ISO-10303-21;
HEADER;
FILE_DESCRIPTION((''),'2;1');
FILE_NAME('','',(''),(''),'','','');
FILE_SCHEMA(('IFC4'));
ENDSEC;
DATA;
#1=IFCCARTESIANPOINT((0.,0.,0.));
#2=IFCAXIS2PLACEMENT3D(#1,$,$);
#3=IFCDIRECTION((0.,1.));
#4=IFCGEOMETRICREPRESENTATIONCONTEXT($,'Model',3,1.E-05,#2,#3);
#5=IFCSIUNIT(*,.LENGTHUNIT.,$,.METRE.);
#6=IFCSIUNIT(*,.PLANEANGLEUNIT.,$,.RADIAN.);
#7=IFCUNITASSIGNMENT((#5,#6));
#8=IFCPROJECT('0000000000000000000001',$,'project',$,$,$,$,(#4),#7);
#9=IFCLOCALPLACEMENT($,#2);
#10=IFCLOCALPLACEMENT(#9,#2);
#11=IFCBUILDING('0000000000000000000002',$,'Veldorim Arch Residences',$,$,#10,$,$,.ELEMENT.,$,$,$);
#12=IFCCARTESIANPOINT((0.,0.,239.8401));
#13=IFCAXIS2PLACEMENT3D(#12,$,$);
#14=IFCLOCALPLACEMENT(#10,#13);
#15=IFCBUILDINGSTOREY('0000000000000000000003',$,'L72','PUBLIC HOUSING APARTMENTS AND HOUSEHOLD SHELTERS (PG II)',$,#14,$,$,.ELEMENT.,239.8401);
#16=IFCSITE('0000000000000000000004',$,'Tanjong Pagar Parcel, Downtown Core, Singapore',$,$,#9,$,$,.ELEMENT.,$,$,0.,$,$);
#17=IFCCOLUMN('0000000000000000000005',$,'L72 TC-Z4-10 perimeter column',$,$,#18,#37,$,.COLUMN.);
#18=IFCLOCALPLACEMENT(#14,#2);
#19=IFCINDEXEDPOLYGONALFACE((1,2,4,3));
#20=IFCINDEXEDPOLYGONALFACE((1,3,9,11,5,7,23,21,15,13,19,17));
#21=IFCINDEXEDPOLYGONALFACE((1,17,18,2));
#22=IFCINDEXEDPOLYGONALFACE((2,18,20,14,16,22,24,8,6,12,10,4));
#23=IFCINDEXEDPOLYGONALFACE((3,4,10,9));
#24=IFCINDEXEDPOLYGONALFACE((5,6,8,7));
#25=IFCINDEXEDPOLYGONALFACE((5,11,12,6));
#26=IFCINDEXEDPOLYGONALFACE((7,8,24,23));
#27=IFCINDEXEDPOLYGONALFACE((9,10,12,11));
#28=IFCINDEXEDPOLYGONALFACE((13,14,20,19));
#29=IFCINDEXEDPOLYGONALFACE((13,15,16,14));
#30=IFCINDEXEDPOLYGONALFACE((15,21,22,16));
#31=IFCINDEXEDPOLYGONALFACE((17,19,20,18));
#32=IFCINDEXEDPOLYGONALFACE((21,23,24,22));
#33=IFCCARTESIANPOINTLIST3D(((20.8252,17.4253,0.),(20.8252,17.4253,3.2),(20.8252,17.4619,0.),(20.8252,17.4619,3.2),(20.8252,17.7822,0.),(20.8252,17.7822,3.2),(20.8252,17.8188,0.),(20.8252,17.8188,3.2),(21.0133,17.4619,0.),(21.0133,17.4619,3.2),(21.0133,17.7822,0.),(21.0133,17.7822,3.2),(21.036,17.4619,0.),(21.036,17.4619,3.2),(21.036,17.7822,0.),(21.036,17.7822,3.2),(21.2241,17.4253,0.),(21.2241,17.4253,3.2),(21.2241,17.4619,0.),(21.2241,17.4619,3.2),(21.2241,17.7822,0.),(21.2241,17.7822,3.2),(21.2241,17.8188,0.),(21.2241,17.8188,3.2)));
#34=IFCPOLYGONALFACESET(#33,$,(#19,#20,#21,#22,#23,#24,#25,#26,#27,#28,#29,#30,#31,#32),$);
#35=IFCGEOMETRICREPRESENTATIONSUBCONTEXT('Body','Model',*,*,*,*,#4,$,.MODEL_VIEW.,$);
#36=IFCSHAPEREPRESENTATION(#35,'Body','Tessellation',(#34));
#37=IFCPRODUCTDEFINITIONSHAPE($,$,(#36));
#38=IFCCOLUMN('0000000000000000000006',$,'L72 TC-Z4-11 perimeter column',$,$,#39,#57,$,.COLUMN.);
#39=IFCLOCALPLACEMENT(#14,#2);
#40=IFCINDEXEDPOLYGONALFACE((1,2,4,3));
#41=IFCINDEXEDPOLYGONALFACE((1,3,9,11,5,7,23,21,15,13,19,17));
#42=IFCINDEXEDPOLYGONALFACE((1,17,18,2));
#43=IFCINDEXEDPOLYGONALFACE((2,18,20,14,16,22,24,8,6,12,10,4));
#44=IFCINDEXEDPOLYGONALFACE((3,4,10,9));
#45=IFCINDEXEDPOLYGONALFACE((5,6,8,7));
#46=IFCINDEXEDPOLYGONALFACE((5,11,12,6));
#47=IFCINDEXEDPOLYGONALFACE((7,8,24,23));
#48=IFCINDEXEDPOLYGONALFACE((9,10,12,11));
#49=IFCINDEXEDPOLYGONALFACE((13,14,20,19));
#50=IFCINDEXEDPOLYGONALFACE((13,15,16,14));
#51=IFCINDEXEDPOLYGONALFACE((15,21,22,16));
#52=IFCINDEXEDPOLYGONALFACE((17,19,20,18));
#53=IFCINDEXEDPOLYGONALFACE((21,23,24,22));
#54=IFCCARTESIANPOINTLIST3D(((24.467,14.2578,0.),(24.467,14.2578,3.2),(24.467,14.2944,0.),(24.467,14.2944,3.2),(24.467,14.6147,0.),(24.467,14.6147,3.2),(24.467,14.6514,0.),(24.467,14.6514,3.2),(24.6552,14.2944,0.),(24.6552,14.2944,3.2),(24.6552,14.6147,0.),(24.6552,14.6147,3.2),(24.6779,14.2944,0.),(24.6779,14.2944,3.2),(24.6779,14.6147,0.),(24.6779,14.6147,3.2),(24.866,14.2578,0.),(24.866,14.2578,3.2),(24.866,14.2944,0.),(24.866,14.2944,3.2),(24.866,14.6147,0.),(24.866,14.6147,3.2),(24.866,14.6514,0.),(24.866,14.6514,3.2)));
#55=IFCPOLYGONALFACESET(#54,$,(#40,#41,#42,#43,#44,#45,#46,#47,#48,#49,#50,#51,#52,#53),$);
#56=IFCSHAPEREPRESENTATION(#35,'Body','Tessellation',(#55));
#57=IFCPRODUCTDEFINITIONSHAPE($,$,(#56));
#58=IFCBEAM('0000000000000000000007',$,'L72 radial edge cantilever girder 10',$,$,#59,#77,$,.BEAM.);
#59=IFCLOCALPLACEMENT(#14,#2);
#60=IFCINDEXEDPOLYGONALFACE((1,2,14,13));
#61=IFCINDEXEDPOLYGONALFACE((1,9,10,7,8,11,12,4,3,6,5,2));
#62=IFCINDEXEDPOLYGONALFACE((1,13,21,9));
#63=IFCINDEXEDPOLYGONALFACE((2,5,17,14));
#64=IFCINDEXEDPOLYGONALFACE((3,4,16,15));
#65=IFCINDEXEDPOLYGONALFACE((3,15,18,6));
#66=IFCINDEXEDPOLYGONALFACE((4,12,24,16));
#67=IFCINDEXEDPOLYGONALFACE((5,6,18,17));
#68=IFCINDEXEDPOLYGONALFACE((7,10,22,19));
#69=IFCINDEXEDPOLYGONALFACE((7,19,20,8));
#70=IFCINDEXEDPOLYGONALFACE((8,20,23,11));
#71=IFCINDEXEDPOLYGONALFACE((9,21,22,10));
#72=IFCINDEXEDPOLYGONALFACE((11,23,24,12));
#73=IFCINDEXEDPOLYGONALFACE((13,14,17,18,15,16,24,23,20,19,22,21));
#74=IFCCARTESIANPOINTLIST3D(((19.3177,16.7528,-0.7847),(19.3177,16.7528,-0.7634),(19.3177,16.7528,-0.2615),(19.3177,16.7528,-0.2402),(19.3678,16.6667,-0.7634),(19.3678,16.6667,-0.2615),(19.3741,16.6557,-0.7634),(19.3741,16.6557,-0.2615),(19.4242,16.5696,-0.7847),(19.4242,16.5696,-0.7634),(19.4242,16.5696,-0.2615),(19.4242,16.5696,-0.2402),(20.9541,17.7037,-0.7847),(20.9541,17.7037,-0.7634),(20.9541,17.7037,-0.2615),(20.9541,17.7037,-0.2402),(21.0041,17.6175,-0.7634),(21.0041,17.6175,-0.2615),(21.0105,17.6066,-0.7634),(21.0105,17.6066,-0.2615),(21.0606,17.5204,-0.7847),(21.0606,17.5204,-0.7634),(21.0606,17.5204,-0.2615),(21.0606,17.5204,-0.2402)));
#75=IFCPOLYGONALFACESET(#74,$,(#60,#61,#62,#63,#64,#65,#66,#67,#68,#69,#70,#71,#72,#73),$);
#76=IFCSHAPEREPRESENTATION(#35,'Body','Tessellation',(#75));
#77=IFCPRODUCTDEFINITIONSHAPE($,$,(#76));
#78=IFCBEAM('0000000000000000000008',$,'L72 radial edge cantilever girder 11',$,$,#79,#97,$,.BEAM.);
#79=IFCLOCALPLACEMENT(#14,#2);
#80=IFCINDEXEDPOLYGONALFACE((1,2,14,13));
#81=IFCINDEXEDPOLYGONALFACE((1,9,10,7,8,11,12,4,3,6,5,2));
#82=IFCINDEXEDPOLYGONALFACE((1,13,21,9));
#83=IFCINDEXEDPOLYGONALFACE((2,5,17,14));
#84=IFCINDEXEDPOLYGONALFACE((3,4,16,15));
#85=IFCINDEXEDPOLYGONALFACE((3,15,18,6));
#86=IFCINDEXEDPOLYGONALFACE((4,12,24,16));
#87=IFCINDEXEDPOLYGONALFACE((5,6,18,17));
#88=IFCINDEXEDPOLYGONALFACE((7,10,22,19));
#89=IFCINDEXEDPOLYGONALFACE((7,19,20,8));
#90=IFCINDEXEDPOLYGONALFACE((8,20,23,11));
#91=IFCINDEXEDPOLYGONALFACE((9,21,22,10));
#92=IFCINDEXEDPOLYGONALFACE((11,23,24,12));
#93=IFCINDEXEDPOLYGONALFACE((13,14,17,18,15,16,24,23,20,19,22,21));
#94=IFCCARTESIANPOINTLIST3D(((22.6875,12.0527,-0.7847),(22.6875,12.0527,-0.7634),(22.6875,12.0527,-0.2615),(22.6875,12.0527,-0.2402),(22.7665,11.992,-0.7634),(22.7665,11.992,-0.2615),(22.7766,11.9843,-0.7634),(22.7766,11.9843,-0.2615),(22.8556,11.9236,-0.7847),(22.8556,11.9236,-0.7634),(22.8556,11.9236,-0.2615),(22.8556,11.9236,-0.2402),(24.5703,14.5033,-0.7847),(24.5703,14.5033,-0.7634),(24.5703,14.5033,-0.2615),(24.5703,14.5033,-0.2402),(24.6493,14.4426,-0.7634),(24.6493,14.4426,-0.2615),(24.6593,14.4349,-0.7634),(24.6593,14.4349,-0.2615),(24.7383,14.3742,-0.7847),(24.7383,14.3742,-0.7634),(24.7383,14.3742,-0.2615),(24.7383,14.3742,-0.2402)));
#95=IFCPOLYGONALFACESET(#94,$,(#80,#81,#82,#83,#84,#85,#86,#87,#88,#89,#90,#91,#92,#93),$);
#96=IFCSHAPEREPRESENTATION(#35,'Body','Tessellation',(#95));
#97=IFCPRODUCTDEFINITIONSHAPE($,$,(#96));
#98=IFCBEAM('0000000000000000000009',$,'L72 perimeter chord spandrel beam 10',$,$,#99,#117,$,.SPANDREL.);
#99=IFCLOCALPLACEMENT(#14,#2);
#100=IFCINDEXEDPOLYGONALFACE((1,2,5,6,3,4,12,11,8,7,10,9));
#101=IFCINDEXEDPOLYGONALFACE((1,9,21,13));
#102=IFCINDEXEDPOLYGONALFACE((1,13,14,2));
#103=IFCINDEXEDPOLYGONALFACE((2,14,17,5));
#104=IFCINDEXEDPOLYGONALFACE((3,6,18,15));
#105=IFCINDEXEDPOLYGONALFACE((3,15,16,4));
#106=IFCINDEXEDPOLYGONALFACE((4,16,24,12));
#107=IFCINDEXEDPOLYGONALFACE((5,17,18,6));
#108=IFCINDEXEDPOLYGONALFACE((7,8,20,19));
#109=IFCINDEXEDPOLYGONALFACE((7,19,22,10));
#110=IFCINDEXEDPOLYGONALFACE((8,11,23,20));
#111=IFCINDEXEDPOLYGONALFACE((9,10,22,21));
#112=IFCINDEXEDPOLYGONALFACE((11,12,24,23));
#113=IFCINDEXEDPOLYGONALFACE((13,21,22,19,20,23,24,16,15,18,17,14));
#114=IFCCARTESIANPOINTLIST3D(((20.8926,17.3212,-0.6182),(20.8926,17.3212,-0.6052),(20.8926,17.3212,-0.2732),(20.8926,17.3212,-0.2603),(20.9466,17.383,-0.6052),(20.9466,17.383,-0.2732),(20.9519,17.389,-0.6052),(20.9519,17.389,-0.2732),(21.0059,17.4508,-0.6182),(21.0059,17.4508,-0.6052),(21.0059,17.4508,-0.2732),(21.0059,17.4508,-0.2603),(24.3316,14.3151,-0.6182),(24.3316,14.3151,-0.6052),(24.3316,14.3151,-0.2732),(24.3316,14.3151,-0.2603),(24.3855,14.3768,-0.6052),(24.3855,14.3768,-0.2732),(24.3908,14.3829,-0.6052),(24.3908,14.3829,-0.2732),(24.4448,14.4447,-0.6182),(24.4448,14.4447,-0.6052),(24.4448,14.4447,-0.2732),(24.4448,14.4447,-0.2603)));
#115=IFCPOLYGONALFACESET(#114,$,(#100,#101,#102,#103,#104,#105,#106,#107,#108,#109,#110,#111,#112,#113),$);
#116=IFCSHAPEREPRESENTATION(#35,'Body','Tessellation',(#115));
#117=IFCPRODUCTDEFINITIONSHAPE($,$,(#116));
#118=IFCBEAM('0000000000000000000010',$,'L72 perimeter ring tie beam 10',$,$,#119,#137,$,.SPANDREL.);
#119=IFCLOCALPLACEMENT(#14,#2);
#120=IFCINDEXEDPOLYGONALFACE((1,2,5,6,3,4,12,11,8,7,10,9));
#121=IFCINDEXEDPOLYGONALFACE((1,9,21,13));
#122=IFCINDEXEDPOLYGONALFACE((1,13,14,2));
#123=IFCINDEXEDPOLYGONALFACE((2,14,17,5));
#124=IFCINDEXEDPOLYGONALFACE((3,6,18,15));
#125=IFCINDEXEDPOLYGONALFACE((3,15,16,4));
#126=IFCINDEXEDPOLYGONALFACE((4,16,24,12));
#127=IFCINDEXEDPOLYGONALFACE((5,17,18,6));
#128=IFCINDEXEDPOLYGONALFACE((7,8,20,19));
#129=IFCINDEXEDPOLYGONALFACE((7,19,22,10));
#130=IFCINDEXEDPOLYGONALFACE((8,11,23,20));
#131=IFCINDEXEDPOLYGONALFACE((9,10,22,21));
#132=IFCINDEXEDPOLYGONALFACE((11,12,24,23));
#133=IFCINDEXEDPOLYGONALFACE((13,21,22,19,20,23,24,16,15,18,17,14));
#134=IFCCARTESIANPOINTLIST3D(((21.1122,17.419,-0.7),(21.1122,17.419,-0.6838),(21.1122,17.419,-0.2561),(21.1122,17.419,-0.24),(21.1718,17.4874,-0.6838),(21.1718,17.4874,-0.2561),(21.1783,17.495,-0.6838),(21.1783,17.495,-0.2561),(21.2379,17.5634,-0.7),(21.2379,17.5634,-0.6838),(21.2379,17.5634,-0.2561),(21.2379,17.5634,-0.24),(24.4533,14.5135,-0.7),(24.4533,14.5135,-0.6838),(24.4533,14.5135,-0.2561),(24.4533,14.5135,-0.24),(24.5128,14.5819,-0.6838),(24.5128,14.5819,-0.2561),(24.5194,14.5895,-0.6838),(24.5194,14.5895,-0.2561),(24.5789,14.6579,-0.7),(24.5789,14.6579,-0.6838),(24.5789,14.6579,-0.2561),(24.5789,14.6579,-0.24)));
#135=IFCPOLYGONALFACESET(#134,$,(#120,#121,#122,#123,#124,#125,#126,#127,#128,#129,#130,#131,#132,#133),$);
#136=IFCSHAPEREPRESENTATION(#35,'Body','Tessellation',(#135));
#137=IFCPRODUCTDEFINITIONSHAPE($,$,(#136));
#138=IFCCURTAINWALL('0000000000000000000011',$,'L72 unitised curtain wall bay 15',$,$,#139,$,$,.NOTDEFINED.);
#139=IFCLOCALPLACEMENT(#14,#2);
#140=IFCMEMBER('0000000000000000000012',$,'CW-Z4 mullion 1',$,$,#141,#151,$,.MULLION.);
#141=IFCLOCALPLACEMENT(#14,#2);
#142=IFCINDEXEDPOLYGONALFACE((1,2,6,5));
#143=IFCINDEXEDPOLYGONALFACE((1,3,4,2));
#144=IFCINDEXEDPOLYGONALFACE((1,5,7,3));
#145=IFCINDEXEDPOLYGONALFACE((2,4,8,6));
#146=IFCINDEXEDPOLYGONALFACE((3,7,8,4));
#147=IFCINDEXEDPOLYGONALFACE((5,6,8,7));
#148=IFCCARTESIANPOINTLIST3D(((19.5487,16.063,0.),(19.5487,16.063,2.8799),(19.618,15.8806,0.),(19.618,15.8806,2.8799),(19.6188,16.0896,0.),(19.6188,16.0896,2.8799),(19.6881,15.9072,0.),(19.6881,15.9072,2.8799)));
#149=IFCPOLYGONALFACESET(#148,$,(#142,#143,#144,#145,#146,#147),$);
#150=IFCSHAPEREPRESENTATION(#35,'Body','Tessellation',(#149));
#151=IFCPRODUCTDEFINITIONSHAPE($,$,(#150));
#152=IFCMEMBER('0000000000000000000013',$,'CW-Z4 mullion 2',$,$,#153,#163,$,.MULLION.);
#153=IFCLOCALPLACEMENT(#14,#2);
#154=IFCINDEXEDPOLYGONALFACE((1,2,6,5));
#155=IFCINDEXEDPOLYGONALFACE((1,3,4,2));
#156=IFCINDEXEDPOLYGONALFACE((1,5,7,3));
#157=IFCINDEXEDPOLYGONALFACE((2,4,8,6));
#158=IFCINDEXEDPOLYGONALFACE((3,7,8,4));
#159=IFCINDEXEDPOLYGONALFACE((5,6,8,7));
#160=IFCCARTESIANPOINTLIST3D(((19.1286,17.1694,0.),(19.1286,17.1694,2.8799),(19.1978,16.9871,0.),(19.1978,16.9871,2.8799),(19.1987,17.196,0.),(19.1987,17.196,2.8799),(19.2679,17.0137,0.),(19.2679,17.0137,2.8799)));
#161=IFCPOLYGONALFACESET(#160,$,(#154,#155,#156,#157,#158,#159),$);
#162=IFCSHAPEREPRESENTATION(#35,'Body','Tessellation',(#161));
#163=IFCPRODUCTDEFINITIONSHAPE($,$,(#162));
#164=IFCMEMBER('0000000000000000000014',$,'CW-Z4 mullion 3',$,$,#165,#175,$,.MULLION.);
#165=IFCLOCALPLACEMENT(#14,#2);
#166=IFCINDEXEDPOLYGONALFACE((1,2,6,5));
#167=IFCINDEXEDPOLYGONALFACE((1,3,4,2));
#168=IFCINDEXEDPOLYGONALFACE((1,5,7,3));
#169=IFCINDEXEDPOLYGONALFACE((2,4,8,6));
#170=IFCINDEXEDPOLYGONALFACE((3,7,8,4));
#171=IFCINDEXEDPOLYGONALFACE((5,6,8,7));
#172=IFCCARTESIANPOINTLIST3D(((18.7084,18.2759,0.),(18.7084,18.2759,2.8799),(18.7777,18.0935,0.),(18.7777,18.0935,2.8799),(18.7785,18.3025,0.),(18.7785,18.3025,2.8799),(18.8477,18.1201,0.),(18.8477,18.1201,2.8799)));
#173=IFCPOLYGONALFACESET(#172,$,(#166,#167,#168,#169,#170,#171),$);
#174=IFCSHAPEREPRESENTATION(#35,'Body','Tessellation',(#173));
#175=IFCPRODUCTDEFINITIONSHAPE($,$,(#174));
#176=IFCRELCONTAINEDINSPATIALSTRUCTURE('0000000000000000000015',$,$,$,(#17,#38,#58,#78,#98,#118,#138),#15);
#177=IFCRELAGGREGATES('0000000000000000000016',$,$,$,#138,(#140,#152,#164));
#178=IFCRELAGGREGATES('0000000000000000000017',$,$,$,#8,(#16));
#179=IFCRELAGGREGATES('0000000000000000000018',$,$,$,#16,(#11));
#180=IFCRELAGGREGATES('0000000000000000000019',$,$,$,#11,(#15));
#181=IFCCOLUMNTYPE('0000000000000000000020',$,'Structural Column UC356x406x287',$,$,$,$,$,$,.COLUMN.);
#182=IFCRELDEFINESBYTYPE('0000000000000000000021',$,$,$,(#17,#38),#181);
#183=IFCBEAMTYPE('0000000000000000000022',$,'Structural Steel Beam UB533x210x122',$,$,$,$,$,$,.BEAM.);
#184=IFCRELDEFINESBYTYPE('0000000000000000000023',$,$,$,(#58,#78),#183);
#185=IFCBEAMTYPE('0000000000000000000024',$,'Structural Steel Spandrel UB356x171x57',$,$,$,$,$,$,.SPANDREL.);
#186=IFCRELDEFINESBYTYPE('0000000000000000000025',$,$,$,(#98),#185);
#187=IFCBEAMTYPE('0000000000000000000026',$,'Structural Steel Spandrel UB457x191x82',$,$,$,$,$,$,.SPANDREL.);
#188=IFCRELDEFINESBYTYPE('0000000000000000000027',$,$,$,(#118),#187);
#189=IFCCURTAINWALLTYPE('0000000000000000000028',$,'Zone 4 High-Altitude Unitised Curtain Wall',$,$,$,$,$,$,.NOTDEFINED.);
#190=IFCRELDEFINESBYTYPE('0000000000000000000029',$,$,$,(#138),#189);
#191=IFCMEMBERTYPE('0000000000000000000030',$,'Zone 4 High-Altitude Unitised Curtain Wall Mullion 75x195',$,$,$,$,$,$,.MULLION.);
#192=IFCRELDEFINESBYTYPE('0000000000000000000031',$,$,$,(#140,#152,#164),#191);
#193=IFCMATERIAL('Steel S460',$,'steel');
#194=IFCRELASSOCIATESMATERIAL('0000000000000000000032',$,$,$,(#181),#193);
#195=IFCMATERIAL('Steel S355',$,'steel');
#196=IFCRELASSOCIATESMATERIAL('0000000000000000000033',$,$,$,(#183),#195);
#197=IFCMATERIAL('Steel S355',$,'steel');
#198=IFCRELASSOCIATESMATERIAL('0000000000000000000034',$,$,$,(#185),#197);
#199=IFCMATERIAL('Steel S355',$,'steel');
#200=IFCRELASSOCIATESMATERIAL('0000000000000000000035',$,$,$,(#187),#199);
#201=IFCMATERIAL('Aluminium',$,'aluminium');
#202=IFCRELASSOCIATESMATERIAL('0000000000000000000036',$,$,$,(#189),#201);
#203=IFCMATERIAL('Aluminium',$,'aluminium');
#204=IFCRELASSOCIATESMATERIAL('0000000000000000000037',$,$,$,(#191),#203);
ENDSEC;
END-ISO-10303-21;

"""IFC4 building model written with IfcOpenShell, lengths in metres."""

from ifc_helpers import new_model, si_unit, direction, frame, origin, origin_2d, place, context, subcontext, project, spatial, rectangle, i_section, extrude, material, material_profile, profile_set, type_object, element, aggregate, save


model = new_model("IFC4")

# Units and contexts
model_context = context("Model", 3, precision=1e-05, world=origin(), true_north=direction((0.0, 1.0)))
body_context = subcontext(model_context, "Body", "Model", "MODEL_VIEW")
ifc_project = project(units=[si_unit("LENGTHUNIT", "METRE"), si_unit("PLANEANGLEUNIT", "RADIAN")], contexts=[model_context])

# Site, building, storey
site_placement = place(None, origin())
site = spatial("IfcSite", under=ifc_project, at=site_placement, Name="Tanjong Pagar Parcel, Downtown Core, Singapore", CompositionType="ELEMENT", RefElevation=0.0)
building_placement = place(site_placement, origin())
building = spatial("IfcBuilding", under=site, at=building_placement, Name="Veldorim Arch Residences", CompositionType="ELEMENT")
storey_placement = place(building_placement, frame((0.0, 0.0, 239.8401)))
storey = spatial("IfcBuildingStorey", under=building, at=storey_placement, Name="L72", Description="PUBLIC HOUSING APARTMENTS AND HOUSEHOLD SHELTERS (PG II)", CompositionType="ELEMENT", Elevation=239.8401)

# Columns
ifc_material_1 = material(Name="Steel S460", Category="steel")
ifc_material_profile_1 = material_profile(ifc_material_1, i_section(OverallWidth=0.3989, OverallDepth=0.3936, WebThickness=0.0227, FlangeThickness=0.0366, at=origin_2d()), Name="UC356x406x287")
ifc_profile_set_1 = profile_set([ifc_material_profile_1], Name="Steel S460")
column_type = type_object("IfcColumnType", Name="Structural Column UC356x406x287", PredefinedType="COLUMN", material=ifc_profile_set_1)
for number, where, z_axis, x_axis, name in (
    (1, (21.0247, 17.6221, 0.0), (0.0, 0.0, 1.0), (1.0, 0.0, 0.0), "L72 TC-Z4-10 perimeter column"),
    (2, (24.6665, 14.4546, 0.0), (0.0, 0.0, 1.0), (1.0, 0.0, 0.0), "L72 TC-Z4-11 perimeter column"),
):
    element("IfcColumn", number, at=place(storey_placement, frame(where, z_axis=z_axis, x_axis=x_axis)), inside=storey, type_object=column_type, Name=name, PredefinedType="COLUMN", context=body_context, shape_type="SweptSolid", body=[
        extrude(i_section(OverallWidth=0.3989, OverallDepth=0.3936, WebThickness=0.0227, FlangeThickness=0.0366, at=origin_2d()), origin(), (0.0, 0.0, 1.0), 3.2),
    ])

# Beams
ifc_material_2 = material(Name="Steel S355", Category="steel")
ifc_material_profile_2 = material_profile(ifc_material_2, i_section(OverallWidth=0.2119, OverallDepth=0.5444, WebThickness=0.0127, FlangeThickness=0.0212, at=origin_2d()), Name="UB533x210x122")
ifc_profile_set_2 = profile_set([ifc_material_profile_2], Name="Steel S355")
beam_type_1 = type_object("IfcBeamType", Name="Structural Steel Beam UB533x210x122", PredefinedType="BEAM", material=ifc_profile_set_2)
beam_1_placement = place(storey_placement, frame((21.0073, 17.6121, -0.5125), z_axis=(-0.864624, -0.502419, 0.0), x_axis=(0.502419, -0.864624, 0.0)))
element("IfcBeam", 3, at=beam_1_placement, inside=storey, type_object=beam_type_1, Name="L72 radial edge cantilever girder 10", PredefinedType="BEAM", context=body_context, shape_type="SweptSolid", body=[
    extrude(i_section(OverallWidth=0.2119, OverallDepth=0.5444, WebThickness=0.0127, FlangeThickness=0.0212, at=origin_2d()), origin(), (0.0, 0.0, 1.0), 1.8926),
])
beam_2_placement = place(storey_placement, frame((24.6543, 14.4387, -0.5125), z_axis=(-0.609237, -0.792988, 0.0), x_axis=(0.792988, -0.609237, 0.0)))
element("IfcBeam", 4, at=beam_2_placement, inside=storey, type_object=beam_type_1, Name="L72 radial edge cantilever girder 11", PredefinedType="BEAM", context=body_context, shape_type="SweptSolid", body=[
    extrude(i_section(OverallWidth=0.2119, OverallDepth=0.5444, WebThickness=0.0127, FlangeThickness=0.0212, at=origin_2d()), origin(), (0.0, 0.0, 1.0), 3.0903),
])
ifc_material_3 = material(Name="Steel S355", Category="steel")
ifc_material_profile_3 = material_profile(ifc_material_3, i_section(OverallWidth=0.1721, OverallDepth=0.3579, WebThickness=0.0081, FlangeThickness=0.0129, at=origin_2d()), Name="UB356x171x57")
ifc_profile_set_3 = profile_set([ifc_material_profile_3], Name="Steel S355")
beam_type_2 = type_object("IfcBeamType", Name="Structural Steel Spandrel UB356x171x57", PredefinedType="SPANDREL", material=ifc_profile_set_3)
beam_3_placement = place(storey_placement, frame((20.9492, 17.386, -0.4392), z_axis=(0.752901, -0.658134, 0.0), x_axis=(0.658134, 0.752901, 0.0)))
element("IfcBeam", 5, at=beam_3_placement, inside=storey, type_object=beam_type_2, Name="L72 perimeter chord spandrel beam 10", PredefinedType="SPANDREL", context=body_context, shape_type="SweptSolid", body=[
    extrude(i_section(OverallWidth=0.1721, OverallDepth=0.3579, WebThickness=0.0081, FlangeThickness=0.0129, at=origin_2d()), origin(), (0.0, 0.0, 1.0), 4.5676),
])
ifc_material_4 = material(Name="Steel S355", Category="steel")
ifc_material_profile_4 = material_profile(ifc_material_4, i_section(OverallWidth=0.1914, OverallDepth=0.46, WebThickness=0.01, FlangeThickness=0.0161, at=origin_2d()), Name="UB457x191x82")
ifc_profile_set_4 = profile_set([ifc_material_profile_4], Name="Steel S355")
beam_type_3 = type_object("IfcBeamType", Name="Structural Steel Spandrel UB457x191x82", PredefinedType="SPANDREL", material=ifc_profile_set_4)
beam_4_placement = place(storey_placement, frame((21.175, 17.4912, -0.47), z_axis=(0.754578, -0.65621, 0.0), x_axis=(0.65621, 0.754578, 0.0)))
element("IfcBeam", 6, at=beam_4_placement, inside=storey, type_object=beam_type_3, Name="L72 perimeter ring tie beam 10", PredefinedType="SPANDREL", context=body_context, shape_type="SweptSolid", body=[
    extrude(i_section(OverallWidth=0.1914, OverallDepth=0.46, WebThickness=0.01, FlangeThickness=0.0161, at=origin_2d()), origin(), (0.0, 0.0, 1.0), 4.4277),
])

# Curtain wall, members
ifc_material_5 = material(Name="Aluminium", Category="aluminium")
curtain_wall_type = type_object("IfcCurtainWallType", Name="Zone 4 High-Altitude Unitised Curtain Wall", PredefinedType="NOTDEFINED", material=ifc_material_5)
curtain_wall_placement = place(storey_placement, origin())
curtain_wall = element("IfcCurtainWall", 7, at=curtain_wall_placement, inside=storey, type_object=curtain_wall_type, Name="L72 unitised curtain wall bay 15", PredefinedType="NOTDEFINED")
ifc_material_6 = material(Name="Aluminium", Category="aluminium")
ifc_material_profile_5 = material_profile(ifc_material_6, rectangle(XDim=0.075, YDim=0.1951, at=origin_2d()), Name="ALU_MUL_75x195")
ifc_profile_set_5 = profile_set([ifc_material_profile_5], Name="Aluminium")
member_type_1 = type_object("IfcMemberType", Name="Zone 4 High-Altitude Unitised Curtain Wall Mullion 75x195", PredefinedType="MULLION", material=ifc_profile_set_5)
member_1_placement = place(storey_placement, frame((19.6184, 15.9851, 0.0), z_axis=(0.0, 0.0, 1.0), x_axis=(-0.934865, -0.355002, 0.0)))
member_1 = element("IfcMember", 8, at=member_1_placement, type_object=member_type_1, Name="CW-Z4 mullion 1", PredefinedType="MULLION", context=body_context, shape_type="SweptSolid", body=[
    extrude(rectangle(XDim=0.075, YDim=0.1951, at=origin_2d()), origin(), (0.0, 0.0, 1.0), 2.8799),
])
member_2_placement = place(storey_placement, frame((19.1982, 17.0916, 0.0), z_axis=(0.0, 0.0, 1.0), x_axis=(-0.934865, -0.355002, 0.0)))
member_2 = element("IfcMember", 9, at=member_2_placement, type_object=member_type_1, Name="CW-Z4 mullion 2", PredefinedType="MULLION", context=body_context, shape_type="SweptSolid", body=[
    extrude(rectangle(XDim=0.075, YDim=0.1951, at=origin_2d()), origin(), (0.0, 0.0, 1.0), 2.8799),
])
member_3_placement = place(storey_placement, frame((18.7781, 18.198, 0.0), z_axis=(0.0, 0.0, 1.0), x_axis=(-0.934865, -0.355002, 0.0)))
member_3 = element("IfcMember", 10, at=member_3_placement, type_object=member_type_1, Name="CW-Z4 mullion 3", PredefinedType="MULLION", context=body_context, shape_type="SweptSolid", body=[
    extrude(rectangle(XDim=0.075, YDim=0.1951, at=origin_2d()), origin(), (0.0, 0.0, 1.0), 2.8799),
])

aggregate(curtain_wall, [member_1, member_2, member_3])

save(model, "model.ifc")
